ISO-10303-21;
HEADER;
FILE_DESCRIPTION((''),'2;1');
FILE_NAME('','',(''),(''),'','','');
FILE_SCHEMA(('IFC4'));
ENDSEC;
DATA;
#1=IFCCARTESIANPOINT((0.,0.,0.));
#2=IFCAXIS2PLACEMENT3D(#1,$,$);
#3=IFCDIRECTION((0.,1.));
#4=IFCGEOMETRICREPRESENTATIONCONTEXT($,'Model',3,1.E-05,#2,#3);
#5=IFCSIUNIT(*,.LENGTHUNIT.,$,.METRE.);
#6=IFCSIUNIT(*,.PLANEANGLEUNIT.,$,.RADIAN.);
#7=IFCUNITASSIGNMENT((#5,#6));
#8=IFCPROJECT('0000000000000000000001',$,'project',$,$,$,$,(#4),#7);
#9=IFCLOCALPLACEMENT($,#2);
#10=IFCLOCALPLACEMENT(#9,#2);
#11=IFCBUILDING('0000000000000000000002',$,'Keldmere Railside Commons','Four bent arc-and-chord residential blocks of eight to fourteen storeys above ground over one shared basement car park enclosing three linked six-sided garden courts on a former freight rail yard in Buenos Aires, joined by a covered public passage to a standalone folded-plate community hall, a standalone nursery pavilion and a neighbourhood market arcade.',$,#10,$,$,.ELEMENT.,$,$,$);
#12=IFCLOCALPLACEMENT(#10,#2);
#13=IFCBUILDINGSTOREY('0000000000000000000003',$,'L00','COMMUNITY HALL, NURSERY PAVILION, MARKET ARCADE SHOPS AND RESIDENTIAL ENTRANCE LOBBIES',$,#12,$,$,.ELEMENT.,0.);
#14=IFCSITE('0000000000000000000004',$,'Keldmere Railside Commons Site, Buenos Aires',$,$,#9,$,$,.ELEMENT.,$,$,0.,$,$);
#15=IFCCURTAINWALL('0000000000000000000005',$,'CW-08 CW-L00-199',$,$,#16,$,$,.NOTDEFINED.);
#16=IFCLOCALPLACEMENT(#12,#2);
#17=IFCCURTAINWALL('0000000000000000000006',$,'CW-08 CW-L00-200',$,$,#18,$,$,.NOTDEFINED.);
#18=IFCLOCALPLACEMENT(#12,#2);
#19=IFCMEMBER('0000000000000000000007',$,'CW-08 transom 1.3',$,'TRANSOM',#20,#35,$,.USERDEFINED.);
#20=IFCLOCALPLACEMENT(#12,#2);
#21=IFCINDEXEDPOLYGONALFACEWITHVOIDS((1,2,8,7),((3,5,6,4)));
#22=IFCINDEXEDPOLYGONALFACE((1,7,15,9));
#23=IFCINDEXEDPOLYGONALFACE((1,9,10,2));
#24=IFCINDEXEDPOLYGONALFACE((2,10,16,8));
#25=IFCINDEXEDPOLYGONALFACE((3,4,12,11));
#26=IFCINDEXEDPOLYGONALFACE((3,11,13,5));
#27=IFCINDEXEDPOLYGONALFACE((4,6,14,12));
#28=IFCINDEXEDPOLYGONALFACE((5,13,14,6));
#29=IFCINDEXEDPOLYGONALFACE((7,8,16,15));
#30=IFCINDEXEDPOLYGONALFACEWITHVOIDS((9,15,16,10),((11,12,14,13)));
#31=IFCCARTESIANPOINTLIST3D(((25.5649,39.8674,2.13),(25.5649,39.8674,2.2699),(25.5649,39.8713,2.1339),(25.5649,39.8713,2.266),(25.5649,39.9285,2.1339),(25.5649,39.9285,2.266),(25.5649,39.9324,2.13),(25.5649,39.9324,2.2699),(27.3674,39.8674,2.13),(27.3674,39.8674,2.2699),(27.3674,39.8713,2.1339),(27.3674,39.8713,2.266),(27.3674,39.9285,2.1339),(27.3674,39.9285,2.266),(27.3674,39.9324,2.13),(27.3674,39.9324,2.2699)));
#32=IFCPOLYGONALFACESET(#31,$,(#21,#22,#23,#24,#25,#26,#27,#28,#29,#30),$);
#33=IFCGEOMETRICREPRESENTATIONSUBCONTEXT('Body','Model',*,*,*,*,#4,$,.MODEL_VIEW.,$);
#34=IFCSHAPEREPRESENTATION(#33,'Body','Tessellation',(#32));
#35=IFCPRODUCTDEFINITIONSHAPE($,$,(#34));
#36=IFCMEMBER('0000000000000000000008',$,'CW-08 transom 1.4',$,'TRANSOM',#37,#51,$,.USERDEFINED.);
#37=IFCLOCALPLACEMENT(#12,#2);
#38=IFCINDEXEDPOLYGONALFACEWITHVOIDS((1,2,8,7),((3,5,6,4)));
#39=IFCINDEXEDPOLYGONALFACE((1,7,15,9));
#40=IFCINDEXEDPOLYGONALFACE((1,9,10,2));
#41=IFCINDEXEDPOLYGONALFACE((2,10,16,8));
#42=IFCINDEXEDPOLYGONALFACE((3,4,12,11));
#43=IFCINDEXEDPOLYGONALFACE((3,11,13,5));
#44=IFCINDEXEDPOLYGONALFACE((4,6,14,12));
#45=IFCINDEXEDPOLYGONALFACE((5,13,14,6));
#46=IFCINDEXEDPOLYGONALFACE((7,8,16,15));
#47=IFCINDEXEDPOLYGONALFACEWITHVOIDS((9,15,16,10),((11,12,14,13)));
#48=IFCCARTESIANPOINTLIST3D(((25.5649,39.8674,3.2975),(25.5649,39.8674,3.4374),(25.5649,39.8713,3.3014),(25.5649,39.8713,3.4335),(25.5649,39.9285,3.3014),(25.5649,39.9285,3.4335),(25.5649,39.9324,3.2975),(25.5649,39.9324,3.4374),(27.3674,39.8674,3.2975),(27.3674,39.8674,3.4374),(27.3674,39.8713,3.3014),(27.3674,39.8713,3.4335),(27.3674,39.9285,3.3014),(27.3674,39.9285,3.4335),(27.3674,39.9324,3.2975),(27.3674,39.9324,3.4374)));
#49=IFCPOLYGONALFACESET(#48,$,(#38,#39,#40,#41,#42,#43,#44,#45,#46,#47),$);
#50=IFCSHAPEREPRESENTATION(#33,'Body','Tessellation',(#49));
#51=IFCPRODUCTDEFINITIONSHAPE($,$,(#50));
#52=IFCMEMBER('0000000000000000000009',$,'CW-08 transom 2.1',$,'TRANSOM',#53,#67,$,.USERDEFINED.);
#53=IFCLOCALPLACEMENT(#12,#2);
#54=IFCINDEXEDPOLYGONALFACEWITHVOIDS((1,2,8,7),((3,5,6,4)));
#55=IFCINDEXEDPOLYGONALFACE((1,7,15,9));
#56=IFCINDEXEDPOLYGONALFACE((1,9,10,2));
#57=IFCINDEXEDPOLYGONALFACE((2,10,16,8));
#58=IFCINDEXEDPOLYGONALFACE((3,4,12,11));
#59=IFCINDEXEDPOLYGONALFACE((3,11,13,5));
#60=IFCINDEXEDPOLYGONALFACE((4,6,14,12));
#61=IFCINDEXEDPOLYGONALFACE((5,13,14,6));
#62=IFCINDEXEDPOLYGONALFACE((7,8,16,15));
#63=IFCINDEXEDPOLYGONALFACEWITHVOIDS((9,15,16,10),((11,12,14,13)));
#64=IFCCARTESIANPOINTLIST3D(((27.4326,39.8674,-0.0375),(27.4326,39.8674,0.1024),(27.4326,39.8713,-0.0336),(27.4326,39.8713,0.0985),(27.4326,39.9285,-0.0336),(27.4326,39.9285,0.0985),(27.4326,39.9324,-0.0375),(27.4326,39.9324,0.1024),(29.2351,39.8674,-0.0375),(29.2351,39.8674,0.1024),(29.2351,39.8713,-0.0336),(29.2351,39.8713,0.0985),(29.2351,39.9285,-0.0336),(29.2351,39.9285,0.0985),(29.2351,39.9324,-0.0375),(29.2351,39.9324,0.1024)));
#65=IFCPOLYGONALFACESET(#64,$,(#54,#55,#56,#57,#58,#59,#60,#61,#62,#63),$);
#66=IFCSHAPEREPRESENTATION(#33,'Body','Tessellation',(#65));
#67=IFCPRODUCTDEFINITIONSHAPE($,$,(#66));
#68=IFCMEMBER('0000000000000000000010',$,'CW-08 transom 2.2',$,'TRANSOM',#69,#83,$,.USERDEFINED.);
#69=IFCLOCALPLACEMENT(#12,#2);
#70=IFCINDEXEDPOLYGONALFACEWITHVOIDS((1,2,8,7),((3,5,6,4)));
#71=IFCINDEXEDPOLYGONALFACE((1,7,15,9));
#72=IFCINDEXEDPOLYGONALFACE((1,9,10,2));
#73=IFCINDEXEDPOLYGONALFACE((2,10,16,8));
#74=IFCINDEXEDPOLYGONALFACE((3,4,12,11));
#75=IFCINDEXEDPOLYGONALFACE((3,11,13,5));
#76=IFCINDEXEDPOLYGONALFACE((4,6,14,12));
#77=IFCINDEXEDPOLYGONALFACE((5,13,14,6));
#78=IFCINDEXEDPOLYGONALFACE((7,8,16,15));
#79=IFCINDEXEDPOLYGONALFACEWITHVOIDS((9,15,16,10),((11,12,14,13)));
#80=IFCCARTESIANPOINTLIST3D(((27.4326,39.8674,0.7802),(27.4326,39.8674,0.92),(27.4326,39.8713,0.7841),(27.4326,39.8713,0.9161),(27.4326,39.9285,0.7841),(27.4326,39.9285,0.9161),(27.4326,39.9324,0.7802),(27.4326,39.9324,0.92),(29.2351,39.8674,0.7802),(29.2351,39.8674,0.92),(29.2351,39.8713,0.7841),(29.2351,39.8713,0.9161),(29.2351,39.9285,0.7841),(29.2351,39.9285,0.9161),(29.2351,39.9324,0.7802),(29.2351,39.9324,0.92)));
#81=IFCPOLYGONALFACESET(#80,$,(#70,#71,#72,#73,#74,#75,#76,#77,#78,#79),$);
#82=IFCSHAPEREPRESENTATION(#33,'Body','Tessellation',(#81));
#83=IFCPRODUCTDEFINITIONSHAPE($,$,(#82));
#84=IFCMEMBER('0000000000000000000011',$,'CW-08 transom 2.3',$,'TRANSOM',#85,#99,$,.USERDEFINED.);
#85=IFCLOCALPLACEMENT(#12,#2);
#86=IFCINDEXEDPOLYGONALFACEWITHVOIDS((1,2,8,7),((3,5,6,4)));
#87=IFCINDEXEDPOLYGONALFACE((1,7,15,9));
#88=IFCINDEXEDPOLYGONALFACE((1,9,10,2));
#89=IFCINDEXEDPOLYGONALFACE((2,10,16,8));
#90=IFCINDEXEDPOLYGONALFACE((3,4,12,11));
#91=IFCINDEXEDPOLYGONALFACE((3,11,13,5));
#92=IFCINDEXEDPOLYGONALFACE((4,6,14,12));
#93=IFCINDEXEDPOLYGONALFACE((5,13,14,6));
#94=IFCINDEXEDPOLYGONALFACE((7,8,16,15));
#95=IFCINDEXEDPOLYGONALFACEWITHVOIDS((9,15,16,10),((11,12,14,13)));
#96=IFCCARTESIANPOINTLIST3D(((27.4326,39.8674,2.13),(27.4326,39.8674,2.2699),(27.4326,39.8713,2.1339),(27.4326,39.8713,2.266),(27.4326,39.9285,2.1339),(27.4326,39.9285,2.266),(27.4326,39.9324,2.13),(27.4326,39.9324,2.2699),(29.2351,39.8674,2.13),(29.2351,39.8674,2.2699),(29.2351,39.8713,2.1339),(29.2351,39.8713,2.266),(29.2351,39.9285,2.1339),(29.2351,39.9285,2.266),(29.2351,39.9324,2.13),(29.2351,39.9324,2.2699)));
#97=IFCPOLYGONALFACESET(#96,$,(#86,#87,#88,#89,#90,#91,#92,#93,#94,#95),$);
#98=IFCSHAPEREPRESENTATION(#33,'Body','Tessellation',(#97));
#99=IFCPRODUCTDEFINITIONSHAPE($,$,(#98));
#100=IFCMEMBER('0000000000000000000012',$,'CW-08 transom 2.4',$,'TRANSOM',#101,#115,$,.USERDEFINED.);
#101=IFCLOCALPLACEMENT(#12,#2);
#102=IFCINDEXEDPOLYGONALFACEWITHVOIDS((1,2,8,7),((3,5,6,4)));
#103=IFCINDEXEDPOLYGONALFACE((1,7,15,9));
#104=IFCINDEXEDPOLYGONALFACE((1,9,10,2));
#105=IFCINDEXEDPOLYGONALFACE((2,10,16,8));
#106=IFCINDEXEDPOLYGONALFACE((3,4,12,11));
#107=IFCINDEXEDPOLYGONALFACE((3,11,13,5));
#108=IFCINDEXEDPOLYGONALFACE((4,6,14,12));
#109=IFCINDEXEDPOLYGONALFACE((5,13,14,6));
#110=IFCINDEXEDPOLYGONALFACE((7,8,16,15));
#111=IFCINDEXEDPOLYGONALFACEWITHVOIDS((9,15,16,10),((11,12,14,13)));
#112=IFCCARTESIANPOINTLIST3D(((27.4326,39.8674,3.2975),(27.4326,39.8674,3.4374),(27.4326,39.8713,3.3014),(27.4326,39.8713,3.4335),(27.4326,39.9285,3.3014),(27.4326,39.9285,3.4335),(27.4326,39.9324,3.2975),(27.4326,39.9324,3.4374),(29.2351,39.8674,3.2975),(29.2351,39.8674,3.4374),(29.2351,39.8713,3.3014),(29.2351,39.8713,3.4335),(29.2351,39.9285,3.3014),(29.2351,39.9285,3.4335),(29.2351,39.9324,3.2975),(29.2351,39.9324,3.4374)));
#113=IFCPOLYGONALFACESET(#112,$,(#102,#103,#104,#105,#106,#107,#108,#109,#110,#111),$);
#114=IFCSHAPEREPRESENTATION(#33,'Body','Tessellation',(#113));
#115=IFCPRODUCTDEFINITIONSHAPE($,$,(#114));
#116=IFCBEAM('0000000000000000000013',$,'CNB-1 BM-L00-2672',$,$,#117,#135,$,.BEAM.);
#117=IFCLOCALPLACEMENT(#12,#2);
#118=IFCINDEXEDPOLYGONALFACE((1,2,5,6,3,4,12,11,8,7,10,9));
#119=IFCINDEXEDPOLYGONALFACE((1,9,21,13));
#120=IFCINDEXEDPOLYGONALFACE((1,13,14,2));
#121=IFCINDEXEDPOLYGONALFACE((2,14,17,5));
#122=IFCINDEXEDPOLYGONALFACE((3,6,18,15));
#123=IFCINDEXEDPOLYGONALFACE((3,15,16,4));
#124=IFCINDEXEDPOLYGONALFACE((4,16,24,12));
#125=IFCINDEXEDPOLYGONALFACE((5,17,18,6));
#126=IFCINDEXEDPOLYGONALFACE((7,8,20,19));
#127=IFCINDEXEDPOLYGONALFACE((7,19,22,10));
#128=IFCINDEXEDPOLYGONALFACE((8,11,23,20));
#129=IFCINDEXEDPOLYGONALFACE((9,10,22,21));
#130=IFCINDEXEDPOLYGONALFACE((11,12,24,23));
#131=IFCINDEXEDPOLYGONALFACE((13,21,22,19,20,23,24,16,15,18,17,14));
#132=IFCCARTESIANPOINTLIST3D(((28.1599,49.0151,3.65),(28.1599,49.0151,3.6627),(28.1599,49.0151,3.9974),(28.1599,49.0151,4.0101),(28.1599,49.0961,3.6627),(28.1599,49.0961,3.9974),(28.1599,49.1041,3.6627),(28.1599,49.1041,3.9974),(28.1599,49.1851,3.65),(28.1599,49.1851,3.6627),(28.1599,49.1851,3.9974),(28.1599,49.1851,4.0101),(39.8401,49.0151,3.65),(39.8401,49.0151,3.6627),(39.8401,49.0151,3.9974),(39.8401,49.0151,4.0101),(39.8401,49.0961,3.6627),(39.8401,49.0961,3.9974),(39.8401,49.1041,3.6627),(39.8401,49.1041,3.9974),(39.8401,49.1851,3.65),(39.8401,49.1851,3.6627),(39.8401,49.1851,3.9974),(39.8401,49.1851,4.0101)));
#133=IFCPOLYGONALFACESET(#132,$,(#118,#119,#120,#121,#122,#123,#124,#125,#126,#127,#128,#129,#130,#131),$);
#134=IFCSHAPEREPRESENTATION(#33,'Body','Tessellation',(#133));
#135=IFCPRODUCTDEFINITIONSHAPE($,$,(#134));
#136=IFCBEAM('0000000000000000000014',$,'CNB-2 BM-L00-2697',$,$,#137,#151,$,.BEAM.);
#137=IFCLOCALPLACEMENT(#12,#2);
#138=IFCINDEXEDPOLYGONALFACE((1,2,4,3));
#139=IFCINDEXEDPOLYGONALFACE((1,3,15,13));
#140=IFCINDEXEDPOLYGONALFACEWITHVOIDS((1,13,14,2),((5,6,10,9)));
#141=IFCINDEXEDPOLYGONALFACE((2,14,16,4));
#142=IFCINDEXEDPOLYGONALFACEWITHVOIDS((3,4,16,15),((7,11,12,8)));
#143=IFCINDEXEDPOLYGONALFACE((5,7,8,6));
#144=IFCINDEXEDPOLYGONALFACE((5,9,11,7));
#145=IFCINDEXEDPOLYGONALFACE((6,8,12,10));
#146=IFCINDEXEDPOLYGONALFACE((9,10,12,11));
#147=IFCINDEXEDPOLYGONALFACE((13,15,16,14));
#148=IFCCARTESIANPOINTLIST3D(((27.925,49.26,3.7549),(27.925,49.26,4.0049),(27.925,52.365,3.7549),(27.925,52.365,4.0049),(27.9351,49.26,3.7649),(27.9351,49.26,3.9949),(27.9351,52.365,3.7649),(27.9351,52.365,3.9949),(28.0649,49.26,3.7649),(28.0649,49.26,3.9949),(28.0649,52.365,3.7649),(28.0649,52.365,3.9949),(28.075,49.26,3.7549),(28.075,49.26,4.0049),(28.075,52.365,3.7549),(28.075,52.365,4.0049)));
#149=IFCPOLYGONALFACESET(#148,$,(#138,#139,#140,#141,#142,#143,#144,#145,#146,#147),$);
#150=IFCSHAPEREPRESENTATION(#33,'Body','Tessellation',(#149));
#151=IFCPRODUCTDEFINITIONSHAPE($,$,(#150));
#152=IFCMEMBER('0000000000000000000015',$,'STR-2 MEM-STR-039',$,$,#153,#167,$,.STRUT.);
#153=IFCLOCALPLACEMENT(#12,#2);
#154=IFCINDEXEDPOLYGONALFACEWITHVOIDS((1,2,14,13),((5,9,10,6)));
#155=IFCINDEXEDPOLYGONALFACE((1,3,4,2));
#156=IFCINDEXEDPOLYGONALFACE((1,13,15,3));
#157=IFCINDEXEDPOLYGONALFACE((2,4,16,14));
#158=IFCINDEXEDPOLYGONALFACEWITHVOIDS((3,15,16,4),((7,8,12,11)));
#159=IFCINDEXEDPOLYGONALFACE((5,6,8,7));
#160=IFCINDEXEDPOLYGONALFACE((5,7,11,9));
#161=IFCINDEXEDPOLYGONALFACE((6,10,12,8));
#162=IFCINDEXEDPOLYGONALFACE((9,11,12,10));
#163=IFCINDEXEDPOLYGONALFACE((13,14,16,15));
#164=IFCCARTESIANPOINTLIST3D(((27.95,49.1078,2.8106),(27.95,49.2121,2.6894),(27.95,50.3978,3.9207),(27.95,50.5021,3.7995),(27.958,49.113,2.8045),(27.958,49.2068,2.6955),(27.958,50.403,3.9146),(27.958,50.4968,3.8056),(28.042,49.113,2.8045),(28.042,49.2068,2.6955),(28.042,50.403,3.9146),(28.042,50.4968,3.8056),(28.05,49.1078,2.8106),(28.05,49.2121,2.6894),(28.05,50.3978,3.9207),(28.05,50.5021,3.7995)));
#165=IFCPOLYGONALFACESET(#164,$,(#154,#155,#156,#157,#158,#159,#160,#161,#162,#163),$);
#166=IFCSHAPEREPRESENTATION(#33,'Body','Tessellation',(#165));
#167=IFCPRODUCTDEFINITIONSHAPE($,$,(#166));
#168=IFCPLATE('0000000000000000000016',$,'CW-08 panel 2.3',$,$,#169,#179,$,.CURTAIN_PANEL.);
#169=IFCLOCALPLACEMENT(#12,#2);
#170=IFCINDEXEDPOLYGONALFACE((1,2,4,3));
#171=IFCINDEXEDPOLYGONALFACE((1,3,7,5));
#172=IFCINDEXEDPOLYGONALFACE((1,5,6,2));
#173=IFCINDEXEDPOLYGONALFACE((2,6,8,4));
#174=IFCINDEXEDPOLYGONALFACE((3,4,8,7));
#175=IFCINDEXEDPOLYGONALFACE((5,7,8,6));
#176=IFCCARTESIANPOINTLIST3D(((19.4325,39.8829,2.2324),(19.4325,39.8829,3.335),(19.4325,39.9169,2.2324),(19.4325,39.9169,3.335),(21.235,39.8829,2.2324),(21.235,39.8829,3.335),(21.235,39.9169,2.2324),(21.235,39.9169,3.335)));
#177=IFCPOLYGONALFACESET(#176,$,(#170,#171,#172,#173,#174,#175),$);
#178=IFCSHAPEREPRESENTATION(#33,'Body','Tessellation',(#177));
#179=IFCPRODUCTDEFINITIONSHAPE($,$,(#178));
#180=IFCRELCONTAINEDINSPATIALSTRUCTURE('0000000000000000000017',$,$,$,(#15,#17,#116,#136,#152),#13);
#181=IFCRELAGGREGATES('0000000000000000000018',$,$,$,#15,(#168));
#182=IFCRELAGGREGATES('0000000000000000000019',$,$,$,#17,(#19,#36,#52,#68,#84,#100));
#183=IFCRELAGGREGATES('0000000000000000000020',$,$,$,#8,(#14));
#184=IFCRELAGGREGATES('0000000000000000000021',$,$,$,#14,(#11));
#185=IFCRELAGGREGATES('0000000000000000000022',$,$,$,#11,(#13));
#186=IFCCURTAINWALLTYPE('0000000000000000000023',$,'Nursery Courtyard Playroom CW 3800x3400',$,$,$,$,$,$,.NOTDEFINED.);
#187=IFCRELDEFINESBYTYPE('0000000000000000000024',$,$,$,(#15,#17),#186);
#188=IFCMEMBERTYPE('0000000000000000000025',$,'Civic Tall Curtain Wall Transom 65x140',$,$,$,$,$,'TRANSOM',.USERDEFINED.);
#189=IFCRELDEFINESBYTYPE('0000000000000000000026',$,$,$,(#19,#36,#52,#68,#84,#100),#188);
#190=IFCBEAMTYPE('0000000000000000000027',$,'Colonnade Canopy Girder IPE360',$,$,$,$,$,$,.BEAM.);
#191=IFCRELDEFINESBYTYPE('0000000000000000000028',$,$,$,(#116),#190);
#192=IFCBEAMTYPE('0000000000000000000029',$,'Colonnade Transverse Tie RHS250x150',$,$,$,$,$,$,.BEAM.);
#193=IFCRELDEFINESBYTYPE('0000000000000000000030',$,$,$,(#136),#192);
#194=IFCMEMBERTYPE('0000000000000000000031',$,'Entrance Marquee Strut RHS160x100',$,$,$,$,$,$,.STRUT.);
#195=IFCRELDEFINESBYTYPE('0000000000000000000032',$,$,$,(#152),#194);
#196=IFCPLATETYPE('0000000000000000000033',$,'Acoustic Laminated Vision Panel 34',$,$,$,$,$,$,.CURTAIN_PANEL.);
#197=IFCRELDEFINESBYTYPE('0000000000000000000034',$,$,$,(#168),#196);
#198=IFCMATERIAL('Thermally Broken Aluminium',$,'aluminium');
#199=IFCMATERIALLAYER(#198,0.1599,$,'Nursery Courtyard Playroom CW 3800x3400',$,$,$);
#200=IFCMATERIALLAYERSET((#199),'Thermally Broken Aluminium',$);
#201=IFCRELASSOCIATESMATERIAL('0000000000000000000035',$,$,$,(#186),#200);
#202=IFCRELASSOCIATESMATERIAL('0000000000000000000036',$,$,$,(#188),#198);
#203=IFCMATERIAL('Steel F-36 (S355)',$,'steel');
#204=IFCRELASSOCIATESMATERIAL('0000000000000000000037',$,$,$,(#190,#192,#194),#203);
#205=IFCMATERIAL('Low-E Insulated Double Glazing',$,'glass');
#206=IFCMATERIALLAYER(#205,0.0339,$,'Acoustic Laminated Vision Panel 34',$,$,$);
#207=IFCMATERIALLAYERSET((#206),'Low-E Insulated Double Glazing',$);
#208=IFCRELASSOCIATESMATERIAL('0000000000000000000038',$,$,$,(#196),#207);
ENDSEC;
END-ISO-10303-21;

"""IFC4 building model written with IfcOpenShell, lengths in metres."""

from ifc_helpers import new_model, si_unit, direction, frame, origin, origin_2d, place, context, subcontext, project, spatial, rectangle, hollow_rectangle, i_section, extrude, material, layer, layer_set, material_profile, profile_set, type_object, element, aggregate, save


model = new_model("IFC4")

# Units and contexts
model_context = context("Model", 3, precision=1e-05, world=origin(), true_north=direction((0.0, 1.0)))
body_context = subcontext(model_context, "Body", "Model", "MODEL_VIEW")
ifc_project = project(units=[si_unit("LENGTHUNIT", "METRE"), si_unit("PLANEANGLEUNIT", "RADIAN")], contexts=[model_context])

# Site, building, storey
site_placement = place(None, origin())
site = spatial("IfcSite", under=ifc_project, at=site_placement, Name="Keldmere Railside Commons Site, Buenos Aires", CompositionType="ELEMENT", RefElevation=0.0)
building_placement = place(site_placement, origin())
building = spatial("IfcBuilding", under=site, at=building_placement, Name="Keldmere Railside Commons", Description="Four bent arc-and-chord residential blocks of eight to fourteen storeys above ground over one shared basement car park enclosing three linked six-sided garden courts on a former freight rail yard in Buenos Aires, joined by a covered public passage to a standalone folded-plate community hall, a standalone nursery pavilion and a neighbourhood market arcade.", CompositionType="ELEMENT")
storey_placement = place(building_placement, origin())
storey = spatial("IfcBuildingStorey", under=building, at=storey_placement, Name="L00", Description="COMMUNITY HALL, NURSERY PAVILION, MARKET ARCADE SHOPS AND RESIDENTIAL ENTRANCE LOBBIES", CompositionType="ELEMENT", Elevation=0.0)

# Shared definitions
ifc_material_1 = material(Name="Steel F-36 (S355)", Category="steel")

# Curtain wall
ifc_material_2 = material(Name="Thermally Broken Aluminium", Category="aluminium")
ifc_layer_1 = layer(ifc_material_2, 0.1599, Name="Nursery Courtyard Playroom CW 3800x3400")
ifc_layer_set_1 = layer_set([ifc_layer_1], Name="Thermally Broken Aluminium")
curtain_wall_type = type_object("IfcCurtainWallType", Name="Nursery Courtyard Playroom CW 3800x3400", PredefinedType="NOTDEFINED", material=ifc_layer_set_1)
curtain_wall_1_placement = place(storey_placement, origin())
curtain_wall_1 = element("IfcCurtainWall", 1, at=curtain_wall_1_placement, inside=storey, type_object=curtain_wall_type, Name="CW-08 CW-L00-199", PredefinedType="NOTDEFINED")

# Curtain wall, members
curtain_wall_2_placement = place(storey_placement, origin())
curtain_wall_2 = element("IfcCurtainWall", 2, at=curtain_wall_2_placement, inside=storey, type_object=curtain_wall_type, Name="CW-08 CW-L00-200", PredefinedType="NOTDEFINED")
ifc_material_profile_1 = material_profile(ifc_material_2, hollow_rectangle(XDim=0.0649, YDim=0.1399, WallThickness=0.0039, at=origin_2d()), Name="ALU-TRAN-65x140")
ifc_profile_set_1 = profile_set([ifc_material_profile_1], Name="Thermally Broken Aluminium")
member_type_1 = type_object("IfcMemberType", Name="Civic Tall Curtain Wall Transom 65x140", ElementType="TRANSOM", PredefinedType="USERDEFINED", material=ifc_profile_set_1)
member_1_placement = place(storey_placement, frame((25.5649, 39.8999, 2.2), z_axis=(1.0, 0.0, 0.0), x_axis=(0.0, 1.0, 0.0)))
member_1 = element("IfcMember", 3, at=member_1_placement, type_object=member_type_1, Name="CW-08 transom 1.3", ObjectType="TRANSOM", PredefinedType="USERDEFINED", context=body_context, shape_type="SweptSolid", body=[
    extrude(hollow_rectangle(XDim=0.0649, YDim=0.1399, WallThickness=0.0039, at=origin_2d()), origin(), (0.0, 0.0, 1.0), 1.8025),
])
member_2_placement = place(storey_placement, frame((25.5649, 39.8999, 3.3674), z_axis=(1.0, 0.0, 0.0), x_axis=(0.0, 1.0, 0.0)))
member_2 = element("IfcMember", 4, at=member_2_placement, type_object=member_type_1, Name="CW-08 transom 1.4", ObjectType="TRANSOM", PredefinedType="USERDEFINED", context=body_context, shape_type="SweptSolid", body=[
    extrude(hollow_rectangle(XDim=0.0649, YDim=0.1399, WallThickness=0.0039, at=origin_2d()), origin(), (0.0, 0.0, 1.0), 1.8025),
])
member_3_placement = place(storey_placement, frame((27.4326, 39.8999, 0.0325), z_axis=(1.0, 0.0, 0.0), x_axis=(0.0, 1.0, 0.0)))
member_3 = element("IfcMember", 5, at=member_3_placement, type_object=member_type_1, Name="CW-08 transom 2.1", ObjectType="TRANSOM", PredefinedType="USERDEFINED", context=body_context, shape_type="SweptSolid", body=[
    extrude(hollow_rectangle(XDim=0.0649, YDim=0.1399, WallThickness=0.0039, at=origin_2d()), origin(), (0.0, 0.0, 1.0), 1.8025),
])
member_4_placement = place(storey_placement, frame((27.4326, 39.8999, 0.8501), z_axis=(1.0, 0.0, 0.0), x_axis=(0.0, 1.0, 0.0)))
member_4 = element("IfcMember", 6, at=member_4_placement, type_object=member_type_1, Name="CW-08 transom 2.2", ObjectType="TRANSOM", PredefinedType="USERDEFINED", context=body_context, shape_type="SweptSolid", body=[
    extrude(hollow_rectangle(XDim=0.0649, YDim=0.1399, WallThickness=0.0039, at=origin_2d()), origin(), (0.0, 0.0, 1.0), 1.8025),
])
member_5_placement = place(storey_placement, frame((27.4326, 39.8999, 2.2), z_axis=(1.0, 0.0, 0.0), x_axis=(0.0, 1.0, 0.0)))
member_5 = element("IfcMember", 7, at=member_5_placement, type_object=member_type_1, Name="CW-08 transom 2.3", ObjectType="TRANSOM", PredefinedType="USERDEFINED", context=body_context, shape_type="SweptSolid", body=[
    extrude(hollow_rectangle(XDim=0.0649, YDim=0.1399, WallThickness=0.0039, at=origin_2d()), origin(), (0.0, 0.0, 1.0), 1.8025),
])
member_6_placement = place(storey_placement, frame((27.4326, 39.8999, 3.3674), z_axis=(1.0, 0.0, 0.0), x_axis=(0.0, 1.0, 0.0)))
member_6 = element("IfcMember", 8, at=member_6_placement, type_object=member_type_1, Name="CW-08 transom 2.4", ObjectType="TRANSOM", PredefinedType="USERDEFINED", context=body_context, shape_type="SweptSolid", body=[
    extrude(hollow_rectangle(XDim=0.0649, YDim=0.1399, WallThickness=0.0039, at=origin_2d()), origin(), (0.0, 0.0, 1.0), 1.8025),
])

# Beams
ifc_material_profile_2 = material_profile(ifc_material_1, i_section(OverallWidth=0.1699, OverallDepth=0.3601, WebThickness=0.0081, FlangeThickness=0.0127, at=origin_2d()), Name="IPE-360")
ifc_profile_set_2 = profile_set([ifc_material_profile_2], Name="Steel F-36 (S355)")
beam_type_1 = type_object("IfcBeamType", Name="Colonnade Canopy Girder IPE360", PredefinedType="BEAM", material=ifc_profile_set_2)
beam_1_placement = place(storey_placement, frame((28.1599, 49.1001, 3.8301), z_axis=(1.0, 0.0, 0.0), x_axis=(0.0, 1.0, 0.0)))
element("IfcBeam", 9, at=beam_1_placement, inside=storey, type_object=beam_type_1, Name="CNB-1 BM-L00-2672", PredefinedType="BEAM", context=body_context, shape_type="SweptSolid", body=[
    extrude(i_section(OverallWidth=0.1699, OverallDepth=0.3601, WebThickness=0.0081, FlangeThickness=0.0127, at=origin_2d()), origin(), (0.0, 0.0, 1.0), 11.6802),
])
ifc_material_profile_3 = material_profile(ifc_material_1, hollow_rectangle(XDim=0.1499, YDim=0.25, WallThickness=0.01, at=origin_2d()), Name="RHS-250x150x10")
ifc_profile_set_3 = profile_set([ifc_material_profile_3], Name="Steel F-36 (S355)")
beam_type_2 = type_object("IfcBeamType", Name="Colonnade Transverse Tie RHS250x150", PredefinedType="BEAM", material=ifc_profile_set_3)
beam_2_placement = place(storey_placement, frame((28.0, 49.26, 3.8799), z_axis=(0.0, 1.0, 0.0), x_axis=(-1.0, 0.0, 0.0)))
element("IfcBeam", 10, at=beam_2_placement, inside=storey, type_object=beam_type_2, Name="CNB-2 BM-L00-2697", PredefinedType="BEAM", context=body_context, shape_type="SweptSolid", body=[
    extrude(hollow_rectangle(XDim=0.1499, YDim=0.25, WallThickness=0.01, at=origin_2d()), origin(), (0.0, 0.0, 1.0), 3.105),
])

# Member
ifc_material_profile_4 = material_profile(ifc_material_1, hollow_rectangle(XDim=0.1001, YDim=0.1599, WallThickness=0.0081, at=origin_2d()), Name="RHS-160x100x8")
ifc_profile_set_4 = profile_set([ifc_material_profile_4], Name="Steel F-36 (S355)")
member_type_2 = type_object("IfcMemberType", Name="Entrance Marquee Strut RHS160x100", PredefinedType="STRUT", material=ifc_profile_set_4)
member_7_placement = place(storey_placement, frame((28.0, 49.1599, 2.75), z_axis=(0.0, 0.757989, 0.652267), x_axis=(-1.0, 0.0, 0.0)))
element("IfcMember", 11, at=member_7_placement, inside=storey, type_object=member_type_2, Name="STR-2 MEM-STR-039", PredefinedType="STRUT", context=body_context, shape_type="SweptSolid", body=[
    extrude(hollow_rectangle(XDim=0.1001, YDim=0.1599, WallThickness=0.0081, at=origin_2d()), origin(), (0.0, 0.0, 1.0), 1.7019),
])

# Plate
ifc_material_3 = material(Name="Low-E Insulated Double Glazing", Category="glass")
ifc_layer_2 = layer(ifc_material_3, 0.0339, Name="Acoustic Laminated Vision Panel 34")
ifc_layer_set_2 = layer_set([ifc_layer_2], Name="Low-E Insulated Double Glazing")
plate_type_1 = type_object("IfcPlateType", Name="Acoustic Laminated Vision Panel 34", PredefinedType="CURTAIN_PANEL", material=ifc_layer_set_2)
plate_1_placement = place(storey_placement, frame((20.3337, 39.8999, 2.2324), z_axis=(0.0, 0.0, 1.0), x_axis=(1.0, 0.0, 0.0)))
plate_1 = element("IfcPlate", 12, at=plate_1_placement, type_object=plate_type_1, Name="CW-08 panel 2.3", PredefinedType="CURTAIN_PANEL", context=body_context, shape_type="SweptSolid", body=[
    extrude(rectangle(XDim=1.8025, YDim=0.0339, at=origin_2d()), origin(), (0.0, 0.0, 1.0), 1.1025),
])
aggregate(curtain_wall_1, [plate_1])
aggregate(curtain_wall_2, [member_1, member_2, member_3, member_4, member_5, member_6])

save(model, "model.ifc")
